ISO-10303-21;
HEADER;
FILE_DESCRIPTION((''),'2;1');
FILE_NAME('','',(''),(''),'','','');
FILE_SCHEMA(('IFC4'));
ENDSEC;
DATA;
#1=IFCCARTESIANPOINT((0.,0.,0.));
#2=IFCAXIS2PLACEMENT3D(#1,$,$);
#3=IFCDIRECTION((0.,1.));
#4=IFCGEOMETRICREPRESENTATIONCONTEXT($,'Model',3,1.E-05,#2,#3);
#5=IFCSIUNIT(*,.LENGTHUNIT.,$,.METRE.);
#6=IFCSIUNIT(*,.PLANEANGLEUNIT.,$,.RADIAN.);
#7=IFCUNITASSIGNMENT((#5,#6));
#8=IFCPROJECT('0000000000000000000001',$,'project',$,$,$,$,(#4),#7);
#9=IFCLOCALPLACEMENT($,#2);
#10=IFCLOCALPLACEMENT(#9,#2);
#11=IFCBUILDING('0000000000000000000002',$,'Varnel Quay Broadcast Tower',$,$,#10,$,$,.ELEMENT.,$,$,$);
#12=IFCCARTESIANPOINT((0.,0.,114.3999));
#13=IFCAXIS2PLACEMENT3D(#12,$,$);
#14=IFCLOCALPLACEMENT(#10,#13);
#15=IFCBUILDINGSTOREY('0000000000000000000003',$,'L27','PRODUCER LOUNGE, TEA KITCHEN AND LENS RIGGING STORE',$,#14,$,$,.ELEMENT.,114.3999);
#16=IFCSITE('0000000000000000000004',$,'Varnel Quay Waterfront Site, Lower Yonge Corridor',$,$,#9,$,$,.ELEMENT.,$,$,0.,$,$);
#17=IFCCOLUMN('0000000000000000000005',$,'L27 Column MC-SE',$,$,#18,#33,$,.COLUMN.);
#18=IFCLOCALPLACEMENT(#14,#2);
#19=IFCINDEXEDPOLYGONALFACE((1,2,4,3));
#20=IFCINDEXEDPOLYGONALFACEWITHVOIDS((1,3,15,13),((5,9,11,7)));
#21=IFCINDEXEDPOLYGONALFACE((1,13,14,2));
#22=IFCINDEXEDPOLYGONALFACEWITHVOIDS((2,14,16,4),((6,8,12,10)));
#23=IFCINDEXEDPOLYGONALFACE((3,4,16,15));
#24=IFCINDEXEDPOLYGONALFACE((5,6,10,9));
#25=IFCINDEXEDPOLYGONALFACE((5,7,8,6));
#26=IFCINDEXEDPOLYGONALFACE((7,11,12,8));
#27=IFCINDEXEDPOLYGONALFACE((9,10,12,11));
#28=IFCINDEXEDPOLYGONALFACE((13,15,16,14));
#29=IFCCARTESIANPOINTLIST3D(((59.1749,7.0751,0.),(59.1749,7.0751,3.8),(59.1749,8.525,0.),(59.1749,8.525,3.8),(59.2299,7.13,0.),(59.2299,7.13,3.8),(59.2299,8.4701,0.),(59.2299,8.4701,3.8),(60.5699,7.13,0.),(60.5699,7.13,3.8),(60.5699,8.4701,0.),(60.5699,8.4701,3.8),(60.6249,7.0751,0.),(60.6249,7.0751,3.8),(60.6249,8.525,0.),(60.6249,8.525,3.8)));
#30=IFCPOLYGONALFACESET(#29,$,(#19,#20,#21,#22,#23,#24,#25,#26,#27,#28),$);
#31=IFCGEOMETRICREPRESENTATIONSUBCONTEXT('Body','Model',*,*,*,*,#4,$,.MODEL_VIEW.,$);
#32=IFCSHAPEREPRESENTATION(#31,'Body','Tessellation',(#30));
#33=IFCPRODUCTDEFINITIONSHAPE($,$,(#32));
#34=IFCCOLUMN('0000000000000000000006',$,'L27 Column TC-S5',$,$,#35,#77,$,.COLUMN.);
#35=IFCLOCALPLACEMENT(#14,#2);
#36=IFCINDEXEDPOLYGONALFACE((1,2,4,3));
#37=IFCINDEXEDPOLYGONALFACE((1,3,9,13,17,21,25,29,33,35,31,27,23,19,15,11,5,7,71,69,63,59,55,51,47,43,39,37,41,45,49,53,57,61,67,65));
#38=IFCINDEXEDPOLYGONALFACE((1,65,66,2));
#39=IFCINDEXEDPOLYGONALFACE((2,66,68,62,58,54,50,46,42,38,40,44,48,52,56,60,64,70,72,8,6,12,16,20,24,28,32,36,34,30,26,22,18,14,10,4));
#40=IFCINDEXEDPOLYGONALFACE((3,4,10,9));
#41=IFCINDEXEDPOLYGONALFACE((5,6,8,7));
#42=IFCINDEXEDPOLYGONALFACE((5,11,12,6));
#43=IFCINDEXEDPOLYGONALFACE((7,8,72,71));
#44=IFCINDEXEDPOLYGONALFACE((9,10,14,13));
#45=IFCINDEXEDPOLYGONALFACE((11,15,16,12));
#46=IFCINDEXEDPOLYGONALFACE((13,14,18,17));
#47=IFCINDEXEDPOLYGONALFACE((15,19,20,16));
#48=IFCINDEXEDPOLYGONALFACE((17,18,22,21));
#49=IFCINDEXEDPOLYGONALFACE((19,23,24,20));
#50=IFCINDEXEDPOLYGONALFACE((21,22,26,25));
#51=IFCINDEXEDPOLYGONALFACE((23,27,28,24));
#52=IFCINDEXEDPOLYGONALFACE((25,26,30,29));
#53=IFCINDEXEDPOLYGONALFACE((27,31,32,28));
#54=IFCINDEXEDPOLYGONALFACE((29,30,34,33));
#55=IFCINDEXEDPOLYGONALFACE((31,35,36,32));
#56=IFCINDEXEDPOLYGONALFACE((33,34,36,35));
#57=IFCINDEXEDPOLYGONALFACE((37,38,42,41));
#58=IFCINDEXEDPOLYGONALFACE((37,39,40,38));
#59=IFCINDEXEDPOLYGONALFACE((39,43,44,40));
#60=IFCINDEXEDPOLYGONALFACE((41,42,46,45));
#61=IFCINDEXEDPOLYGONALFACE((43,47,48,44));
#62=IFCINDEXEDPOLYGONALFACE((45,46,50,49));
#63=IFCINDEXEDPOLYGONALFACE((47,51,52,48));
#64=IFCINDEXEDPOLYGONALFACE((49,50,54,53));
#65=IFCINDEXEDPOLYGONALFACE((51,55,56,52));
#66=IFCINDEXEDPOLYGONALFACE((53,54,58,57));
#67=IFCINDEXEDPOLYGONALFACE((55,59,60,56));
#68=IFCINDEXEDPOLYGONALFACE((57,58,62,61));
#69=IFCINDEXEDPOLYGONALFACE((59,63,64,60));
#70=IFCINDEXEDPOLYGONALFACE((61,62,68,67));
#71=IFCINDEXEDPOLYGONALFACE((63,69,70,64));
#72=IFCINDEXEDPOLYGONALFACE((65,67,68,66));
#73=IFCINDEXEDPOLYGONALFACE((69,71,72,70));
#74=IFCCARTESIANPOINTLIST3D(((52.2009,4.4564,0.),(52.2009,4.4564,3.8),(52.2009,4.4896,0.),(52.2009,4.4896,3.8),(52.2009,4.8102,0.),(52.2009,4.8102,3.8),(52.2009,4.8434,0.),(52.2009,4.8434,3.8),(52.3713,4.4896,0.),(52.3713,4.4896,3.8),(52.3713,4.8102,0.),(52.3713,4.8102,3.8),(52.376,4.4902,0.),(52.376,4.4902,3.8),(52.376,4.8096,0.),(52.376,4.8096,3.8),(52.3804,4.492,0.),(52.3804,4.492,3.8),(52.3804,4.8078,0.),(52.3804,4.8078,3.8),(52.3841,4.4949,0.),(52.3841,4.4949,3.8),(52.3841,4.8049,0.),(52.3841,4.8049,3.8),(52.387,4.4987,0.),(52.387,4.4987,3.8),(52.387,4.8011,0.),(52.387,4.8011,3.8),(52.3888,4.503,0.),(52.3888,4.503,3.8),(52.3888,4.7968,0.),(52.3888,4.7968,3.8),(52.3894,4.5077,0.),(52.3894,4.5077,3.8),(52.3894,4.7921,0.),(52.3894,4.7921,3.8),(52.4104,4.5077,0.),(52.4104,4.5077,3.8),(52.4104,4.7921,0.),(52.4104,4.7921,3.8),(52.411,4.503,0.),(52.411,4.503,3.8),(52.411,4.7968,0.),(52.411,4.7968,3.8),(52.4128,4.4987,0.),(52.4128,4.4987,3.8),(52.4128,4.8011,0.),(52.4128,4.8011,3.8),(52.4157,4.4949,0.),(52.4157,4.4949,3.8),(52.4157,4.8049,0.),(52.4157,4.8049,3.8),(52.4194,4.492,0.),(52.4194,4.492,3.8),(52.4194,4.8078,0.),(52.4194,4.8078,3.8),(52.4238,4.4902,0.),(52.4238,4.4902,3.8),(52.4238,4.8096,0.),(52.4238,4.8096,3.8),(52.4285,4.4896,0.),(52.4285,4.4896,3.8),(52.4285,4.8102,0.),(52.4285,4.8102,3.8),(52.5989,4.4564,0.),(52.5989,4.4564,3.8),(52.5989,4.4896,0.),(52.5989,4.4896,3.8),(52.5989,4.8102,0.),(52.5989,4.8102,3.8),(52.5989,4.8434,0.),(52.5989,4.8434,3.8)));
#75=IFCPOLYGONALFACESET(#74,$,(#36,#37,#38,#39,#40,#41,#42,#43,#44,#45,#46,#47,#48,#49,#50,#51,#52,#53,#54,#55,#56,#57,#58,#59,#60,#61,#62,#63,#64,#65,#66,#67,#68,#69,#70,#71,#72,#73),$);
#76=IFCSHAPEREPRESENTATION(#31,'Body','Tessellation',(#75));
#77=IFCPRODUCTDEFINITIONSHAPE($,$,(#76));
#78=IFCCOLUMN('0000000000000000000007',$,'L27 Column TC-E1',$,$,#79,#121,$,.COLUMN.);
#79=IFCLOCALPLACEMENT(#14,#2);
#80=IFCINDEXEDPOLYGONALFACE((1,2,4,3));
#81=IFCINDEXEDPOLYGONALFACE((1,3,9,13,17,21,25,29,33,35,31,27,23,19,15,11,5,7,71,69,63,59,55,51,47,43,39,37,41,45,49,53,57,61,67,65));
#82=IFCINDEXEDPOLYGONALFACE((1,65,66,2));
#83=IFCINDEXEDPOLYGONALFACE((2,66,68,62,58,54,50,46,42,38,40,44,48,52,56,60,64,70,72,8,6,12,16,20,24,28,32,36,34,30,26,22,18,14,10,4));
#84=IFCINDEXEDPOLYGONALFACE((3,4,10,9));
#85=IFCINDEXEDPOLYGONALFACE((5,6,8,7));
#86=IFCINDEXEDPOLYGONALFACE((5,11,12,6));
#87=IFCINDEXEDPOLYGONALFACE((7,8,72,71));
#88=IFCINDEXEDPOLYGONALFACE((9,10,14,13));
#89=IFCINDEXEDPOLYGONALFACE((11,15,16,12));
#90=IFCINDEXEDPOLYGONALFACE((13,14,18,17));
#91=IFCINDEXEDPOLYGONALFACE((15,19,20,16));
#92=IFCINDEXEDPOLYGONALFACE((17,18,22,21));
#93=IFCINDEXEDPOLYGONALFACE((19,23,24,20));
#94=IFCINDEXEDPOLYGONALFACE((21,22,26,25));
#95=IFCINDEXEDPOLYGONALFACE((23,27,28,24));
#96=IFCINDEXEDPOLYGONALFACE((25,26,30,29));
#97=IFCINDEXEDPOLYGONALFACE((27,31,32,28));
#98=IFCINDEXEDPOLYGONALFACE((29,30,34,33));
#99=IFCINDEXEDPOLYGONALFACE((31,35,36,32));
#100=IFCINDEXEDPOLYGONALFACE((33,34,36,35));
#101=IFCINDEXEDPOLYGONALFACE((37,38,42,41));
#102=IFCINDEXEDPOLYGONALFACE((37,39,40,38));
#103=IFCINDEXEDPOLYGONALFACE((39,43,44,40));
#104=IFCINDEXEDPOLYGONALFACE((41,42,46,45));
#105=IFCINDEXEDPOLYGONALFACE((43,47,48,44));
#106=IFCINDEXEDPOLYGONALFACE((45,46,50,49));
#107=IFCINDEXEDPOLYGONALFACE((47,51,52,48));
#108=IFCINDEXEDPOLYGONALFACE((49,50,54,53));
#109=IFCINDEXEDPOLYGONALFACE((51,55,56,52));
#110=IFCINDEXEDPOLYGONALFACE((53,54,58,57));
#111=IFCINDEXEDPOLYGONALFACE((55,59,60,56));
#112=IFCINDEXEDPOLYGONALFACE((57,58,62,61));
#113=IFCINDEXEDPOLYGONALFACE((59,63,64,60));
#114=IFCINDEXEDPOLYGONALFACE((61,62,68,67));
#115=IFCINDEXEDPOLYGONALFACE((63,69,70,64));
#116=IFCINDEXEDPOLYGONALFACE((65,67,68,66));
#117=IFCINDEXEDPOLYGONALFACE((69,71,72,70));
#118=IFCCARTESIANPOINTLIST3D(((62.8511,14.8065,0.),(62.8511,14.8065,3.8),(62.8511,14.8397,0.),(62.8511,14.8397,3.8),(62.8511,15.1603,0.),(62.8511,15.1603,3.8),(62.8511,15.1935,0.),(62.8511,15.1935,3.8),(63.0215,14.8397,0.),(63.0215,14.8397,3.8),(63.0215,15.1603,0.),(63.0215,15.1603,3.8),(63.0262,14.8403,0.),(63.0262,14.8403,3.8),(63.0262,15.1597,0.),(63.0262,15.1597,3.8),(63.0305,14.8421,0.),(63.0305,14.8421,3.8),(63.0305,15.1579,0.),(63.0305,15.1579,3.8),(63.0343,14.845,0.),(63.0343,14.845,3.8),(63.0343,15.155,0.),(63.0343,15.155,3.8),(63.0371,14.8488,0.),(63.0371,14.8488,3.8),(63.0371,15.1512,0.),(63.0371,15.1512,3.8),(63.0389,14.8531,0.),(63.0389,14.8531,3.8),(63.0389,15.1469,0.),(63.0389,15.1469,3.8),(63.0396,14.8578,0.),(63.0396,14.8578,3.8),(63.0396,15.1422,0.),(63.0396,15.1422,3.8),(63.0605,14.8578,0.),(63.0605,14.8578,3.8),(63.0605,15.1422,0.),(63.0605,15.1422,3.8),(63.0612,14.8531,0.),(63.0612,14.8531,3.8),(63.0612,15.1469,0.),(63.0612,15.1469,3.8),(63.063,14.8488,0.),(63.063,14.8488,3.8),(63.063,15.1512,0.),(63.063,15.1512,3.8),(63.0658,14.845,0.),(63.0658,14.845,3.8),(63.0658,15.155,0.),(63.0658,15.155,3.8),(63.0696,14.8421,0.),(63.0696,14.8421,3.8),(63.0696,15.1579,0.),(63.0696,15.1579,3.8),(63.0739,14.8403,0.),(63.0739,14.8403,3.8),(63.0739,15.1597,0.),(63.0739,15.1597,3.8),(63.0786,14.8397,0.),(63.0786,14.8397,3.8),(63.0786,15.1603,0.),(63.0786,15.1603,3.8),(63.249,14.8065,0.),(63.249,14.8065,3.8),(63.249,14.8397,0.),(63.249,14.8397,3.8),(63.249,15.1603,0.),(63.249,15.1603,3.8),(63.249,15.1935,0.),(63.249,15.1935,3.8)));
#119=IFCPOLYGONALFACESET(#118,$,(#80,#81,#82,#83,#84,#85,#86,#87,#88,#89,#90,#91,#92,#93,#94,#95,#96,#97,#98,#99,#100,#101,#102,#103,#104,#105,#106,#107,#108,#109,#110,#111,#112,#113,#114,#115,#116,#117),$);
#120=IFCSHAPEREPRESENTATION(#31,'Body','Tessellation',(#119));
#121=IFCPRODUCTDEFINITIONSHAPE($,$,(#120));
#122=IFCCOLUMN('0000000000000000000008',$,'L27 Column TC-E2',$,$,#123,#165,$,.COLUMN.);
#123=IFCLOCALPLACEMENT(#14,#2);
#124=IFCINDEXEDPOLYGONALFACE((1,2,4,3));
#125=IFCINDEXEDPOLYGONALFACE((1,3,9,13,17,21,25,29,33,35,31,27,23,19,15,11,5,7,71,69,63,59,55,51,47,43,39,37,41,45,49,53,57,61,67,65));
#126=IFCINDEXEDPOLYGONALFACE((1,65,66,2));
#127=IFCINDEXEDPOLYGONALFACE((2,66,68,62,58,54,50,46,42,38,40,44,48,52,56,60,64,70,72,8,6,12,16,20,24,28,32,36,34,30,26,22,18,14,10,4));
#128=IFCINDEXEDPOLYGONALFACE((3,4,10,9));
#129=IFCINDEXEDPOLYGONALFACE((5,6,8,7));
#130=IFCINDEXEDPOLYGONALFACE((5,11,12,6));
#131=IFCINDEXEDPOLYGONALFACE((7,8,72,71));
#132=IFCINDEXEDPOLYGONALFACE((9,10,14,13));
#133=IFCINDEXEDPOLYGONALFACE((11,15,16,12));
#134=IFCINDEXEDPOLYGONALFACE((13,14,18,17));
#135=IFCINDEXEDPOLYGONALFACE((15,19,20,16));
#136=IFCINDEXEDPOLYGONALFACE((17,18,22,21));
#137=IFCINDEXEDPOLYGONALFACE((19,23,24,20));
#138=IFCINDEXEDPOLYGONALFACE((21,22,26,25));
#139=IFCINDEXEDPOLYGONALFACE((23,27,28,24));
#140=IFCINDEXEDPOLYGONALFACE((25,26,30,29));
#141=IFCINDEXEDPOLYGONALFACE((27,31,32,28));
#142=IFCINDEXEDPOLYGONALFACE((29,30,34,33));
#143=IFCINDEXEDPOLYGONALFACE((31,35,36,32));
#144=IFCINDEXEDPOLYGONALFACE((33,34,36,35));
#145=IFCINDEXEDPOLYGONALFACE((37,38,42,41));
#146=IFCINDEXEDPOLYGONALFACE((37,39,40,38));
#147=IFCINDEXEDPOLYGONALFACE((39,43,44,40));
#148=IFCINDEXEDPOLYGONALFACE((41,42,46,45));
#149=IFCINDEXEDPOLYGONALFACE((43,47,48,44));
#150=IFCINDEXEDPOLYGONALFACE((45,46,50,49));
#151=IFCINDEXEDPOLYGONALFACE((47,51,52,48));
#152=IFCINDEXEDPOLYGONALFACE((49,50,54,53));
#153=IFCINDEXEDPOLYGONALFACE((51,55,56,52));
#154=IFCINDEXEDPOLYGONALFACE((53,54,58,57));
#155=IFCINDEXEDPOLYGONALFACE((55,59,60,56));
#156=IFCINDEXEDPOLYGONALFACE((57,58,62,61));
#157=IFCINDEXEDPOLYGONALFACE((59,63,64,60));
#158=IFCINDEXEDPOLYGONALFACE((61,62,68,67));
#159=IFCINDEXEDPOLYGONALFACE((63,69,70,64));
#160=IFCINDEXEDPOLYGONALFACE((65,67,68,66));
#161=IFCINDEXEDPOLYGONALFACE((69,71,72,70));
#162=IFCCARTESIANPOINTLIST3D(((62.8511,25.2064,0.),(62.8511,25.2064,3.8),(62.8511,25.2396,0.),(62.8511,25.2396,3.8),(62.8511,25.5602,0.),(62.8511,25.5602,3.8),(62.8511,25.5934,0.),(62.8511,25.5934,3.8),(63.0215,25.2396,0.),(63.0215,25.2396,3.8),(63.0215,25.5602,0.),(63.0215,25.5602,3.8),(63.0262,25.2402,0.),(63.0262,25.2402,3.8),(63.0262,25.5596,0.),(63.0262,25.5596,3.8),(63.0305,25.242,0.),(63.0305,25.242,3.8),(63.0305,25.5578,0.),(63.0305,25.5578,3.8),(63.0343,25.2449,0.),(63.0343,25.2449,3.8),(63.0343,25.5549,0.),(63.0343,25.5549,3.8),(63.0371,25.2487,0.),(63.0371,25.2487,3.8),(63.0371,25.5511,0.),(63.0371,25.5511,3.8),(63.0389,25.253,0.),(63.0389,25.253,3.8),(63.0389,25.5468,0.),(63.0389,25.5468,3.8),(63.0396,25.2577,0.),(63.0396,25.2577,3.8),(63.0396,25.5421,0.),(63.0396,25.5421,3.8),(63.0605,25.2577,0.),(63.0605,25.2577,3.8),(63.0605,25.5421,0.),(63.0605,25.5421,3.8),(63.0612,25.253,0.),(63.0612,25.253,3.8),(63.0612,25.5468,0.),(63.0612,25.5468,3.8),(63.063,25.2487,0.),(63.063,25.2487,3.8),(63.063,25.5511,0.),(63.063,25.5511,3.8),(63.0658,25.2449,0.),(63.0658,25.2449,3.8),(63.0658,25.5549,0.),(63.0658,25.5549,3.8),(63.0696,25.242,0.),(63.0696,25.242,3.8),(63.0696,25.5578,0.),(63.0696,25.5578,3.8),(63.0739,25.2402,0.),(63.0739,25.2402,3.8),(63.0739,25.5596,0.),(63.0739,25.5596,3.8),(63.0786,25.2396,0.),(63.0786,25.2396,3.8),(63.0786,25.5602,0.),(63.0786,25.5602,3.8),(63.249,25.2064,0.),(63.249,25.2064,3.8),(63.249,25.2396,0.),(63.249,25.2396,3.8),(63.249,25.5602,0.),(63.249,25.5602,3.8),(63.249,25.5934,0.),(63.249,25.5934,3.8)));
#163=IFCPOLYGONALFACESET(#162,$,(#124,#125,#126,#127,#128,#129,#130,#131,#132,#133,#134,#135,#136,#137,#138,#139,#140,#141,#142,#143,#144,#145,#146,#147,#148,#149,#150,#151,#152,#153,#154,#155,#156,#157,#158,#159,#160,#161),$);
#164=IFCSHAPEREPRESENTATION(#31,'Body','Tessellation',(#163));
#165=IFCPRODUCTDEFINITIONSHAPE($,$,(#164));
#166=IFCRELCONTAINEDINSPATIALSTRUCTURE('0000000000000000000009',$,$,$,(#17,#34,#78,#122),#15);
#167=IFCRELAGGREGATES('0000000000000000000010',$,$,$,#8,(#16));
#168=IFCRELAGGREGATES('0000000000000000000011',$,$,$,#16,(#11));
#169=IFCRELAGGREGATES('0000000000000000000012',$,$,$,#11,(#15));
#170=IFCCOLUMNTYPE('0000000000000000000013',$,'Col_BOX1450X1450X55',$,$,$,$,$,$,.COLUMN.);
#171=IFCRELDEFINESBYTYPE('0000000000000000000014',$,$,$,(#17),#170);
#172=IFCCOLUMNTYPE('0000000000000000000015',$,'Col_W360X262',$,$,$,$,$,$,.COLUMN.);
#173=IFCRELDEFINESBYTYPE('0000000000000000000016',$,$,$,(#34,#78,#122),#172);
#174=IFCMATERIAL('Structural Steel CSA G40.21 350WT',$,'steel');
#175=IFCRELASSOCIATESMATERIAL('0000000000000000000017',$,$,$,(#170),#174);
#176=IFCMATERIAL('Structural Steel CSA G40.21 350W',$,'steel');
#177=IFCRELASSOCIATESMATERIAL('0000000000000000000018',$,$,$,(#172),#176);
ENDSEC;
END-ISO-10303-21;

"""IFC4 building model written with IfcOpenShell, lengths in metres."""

from ifc_helpers import new_model, si_unit, direction, frame, origin, origin_2d, place, context, subcontext, project, spatial, hollow_rectangle, i_section, extrude, source, transform, mapped, material, material_profile, profile_set, type_object, type_shapes, element, save


model = new_model("IFC4")

# Units and contexts
model_context = context("Model", 3, precision=1e-05, world=origin(), true_north=direction((0.0, 1.0)))
body_context = subcontext(model_context, "Body", "Model", "MODEL_VIEW")
ifc_project = project(units=[si_unit("LENGTHUNIT", "METRE"), si_unit("PLANEANGLEUNIT", "RADIAN")], contexts=[model_context])

# Site, building, storey
site_placement = place(None, origin())
site = spatial("IfcSite", under=ifc_project, at=site_placement, Name="Varnel Quay Waterfront Site, Lower Yonge Corridor", CompositionType="ELEMENT", RefElevation=0.0)
building_placement = place(site_placement, origin())
building = spatial("IfcBuilding", under=site, at=building_placement, Name="Varnel Quay Broadcast Tower", CompositionType="ELEMENT")
storey_placement = place(building_placement, frame((0.0, 0.0, 114.3999)))
storey = spatial("IfcBuildingStorey", under=building, at=storey_placement, Name="L27", Description="PRODUCER LOUNGE, TEA KITCHEN AND LENS RIGGING STORE", CompositionType="ELEMENT", Elevation=114.3999)

# Columns
ifc_material_1 = material(Name="Structural Steel CSA G40.21 350WT", Category="steel")
ifc_material_profile_1 = material_profile(ifc_material_1, hollow_rectangle(XDim=1.45, YDim=1.45, WallThickness=0.0549, at=origin_2d()), Name="BOX1450X1450X55")
ifc_profile_set_1 = profile_set([ifc_material_profile_1], Name="Structural Steel CSA G40.21 350WT")
column_type_1 = type_object("IfcColumnType", Name="Col_BOX1450X1450X55", PredefinedType="COLUMN", material=ifc_profile_set_1)
shared_shape_1 = source(origin(), body_context, "Body", "SweptSolid", [
    extrude(hollow_rectangle(XDim=1.45, YDim=1.45, WallThickness=0.0549, at=origin_2d()), origin(), (0.0, 0.0, 1.0), 3.8),
])
type_shapes(column_type_1, [shared_shape_1])
column_placement = place(storey_placement, frame((59.8999, 7.8, 0.0), z_axis=(0.0, 0.0, 1.0), x_axis=(1.0, 0.0, 0.0)))
element("IfcColumn", 1, at=column_placement, inside=storey, type_object=column_type_1, Name="L27 Column MC-SE", PredefinedType="COLUMN", context=body_context, shape_type="MappedRepresentation", body=[
    mapped(shared_shape_1, transform((0.0, 0.0, 0.0), x_axis=(1.0, 0.0, 0.0), y_axis=(0.0, 1.0, 0.0), z_axis=(0.0, 0.0, 1.0), scale=1.0)),
])
ifc_material_2 = material(Name="Structural Steel CSA G40.21 350W", Category="steel")
ifc_material_profile_2 = material_profile(ifc_material_2, i_section(OverallWidth=0.3979, OverallDepth=0.387, WebThickness=0.021, FlangeThickness=0.0332, FilletRadius=0.0181, at=origin_2d()), Name="W360X262")
ifc_profile_set_2 = profile_set([ifc_material_profile_2], Name="Structural Steel CSA G40.21 350W")
column_type_2 = type_object("IfcColumnType", Name="Col_W360X262", PredefinedType="COLUMN", material=ifc_profile_set_2)
shared_shape_2 = source(origin(), body_context, "Body", "SweptSolid", [
    extrude(i_section(OverallWidth=0.3979, OverallDepth=0.387, WebThickness=0.021, FlangeThickness=0.0332, FilletRadius=0.0181, at=origin_2d()), origin(), (0.0, 0.0, 1.0), 3.8),
])
type_shapes(column_type_2, [shared_shape_2])
for number, where, z_axis, x_axis, name in (
    (2, (52.3999, 4.6499, 0.0), (0.0, 0.0, 1.0), (1.0, 0.0, 0.0), "L27 Column TC-S5"),
    (3, (63.05, 15.0, 0.0), (0.0, 0.0, 1.0), (1.0, 0.0, 0.0), "L27 Column TC-E1"),
    (4, (63.05, 25.3999, 0.0), (0.0, 0.0, 1.0), (1.0, 0.0, 0.0), "L27 Column TC-E2"),
):
    element("IfcColumn", number, at=place(storey_placement, frame(where, z_axis=z_axis, x_axis=x_axis)), inside=storey, type_object=column_type_2, Name=name, PredefinedType="COLUMN", context=body_context, shape_type="MappedRepresentation", body=[
        mapped(shared_shape_2, transform((0.0, 0.0, 0.0), x_axis=(1.0, 0.0, 0.0), y_axis=(0.0, 1.0, 0.0), z_axis=(0.0, 0.0, 1.0), scale=1.0)),
    ])

save(model, "model.ifc")
